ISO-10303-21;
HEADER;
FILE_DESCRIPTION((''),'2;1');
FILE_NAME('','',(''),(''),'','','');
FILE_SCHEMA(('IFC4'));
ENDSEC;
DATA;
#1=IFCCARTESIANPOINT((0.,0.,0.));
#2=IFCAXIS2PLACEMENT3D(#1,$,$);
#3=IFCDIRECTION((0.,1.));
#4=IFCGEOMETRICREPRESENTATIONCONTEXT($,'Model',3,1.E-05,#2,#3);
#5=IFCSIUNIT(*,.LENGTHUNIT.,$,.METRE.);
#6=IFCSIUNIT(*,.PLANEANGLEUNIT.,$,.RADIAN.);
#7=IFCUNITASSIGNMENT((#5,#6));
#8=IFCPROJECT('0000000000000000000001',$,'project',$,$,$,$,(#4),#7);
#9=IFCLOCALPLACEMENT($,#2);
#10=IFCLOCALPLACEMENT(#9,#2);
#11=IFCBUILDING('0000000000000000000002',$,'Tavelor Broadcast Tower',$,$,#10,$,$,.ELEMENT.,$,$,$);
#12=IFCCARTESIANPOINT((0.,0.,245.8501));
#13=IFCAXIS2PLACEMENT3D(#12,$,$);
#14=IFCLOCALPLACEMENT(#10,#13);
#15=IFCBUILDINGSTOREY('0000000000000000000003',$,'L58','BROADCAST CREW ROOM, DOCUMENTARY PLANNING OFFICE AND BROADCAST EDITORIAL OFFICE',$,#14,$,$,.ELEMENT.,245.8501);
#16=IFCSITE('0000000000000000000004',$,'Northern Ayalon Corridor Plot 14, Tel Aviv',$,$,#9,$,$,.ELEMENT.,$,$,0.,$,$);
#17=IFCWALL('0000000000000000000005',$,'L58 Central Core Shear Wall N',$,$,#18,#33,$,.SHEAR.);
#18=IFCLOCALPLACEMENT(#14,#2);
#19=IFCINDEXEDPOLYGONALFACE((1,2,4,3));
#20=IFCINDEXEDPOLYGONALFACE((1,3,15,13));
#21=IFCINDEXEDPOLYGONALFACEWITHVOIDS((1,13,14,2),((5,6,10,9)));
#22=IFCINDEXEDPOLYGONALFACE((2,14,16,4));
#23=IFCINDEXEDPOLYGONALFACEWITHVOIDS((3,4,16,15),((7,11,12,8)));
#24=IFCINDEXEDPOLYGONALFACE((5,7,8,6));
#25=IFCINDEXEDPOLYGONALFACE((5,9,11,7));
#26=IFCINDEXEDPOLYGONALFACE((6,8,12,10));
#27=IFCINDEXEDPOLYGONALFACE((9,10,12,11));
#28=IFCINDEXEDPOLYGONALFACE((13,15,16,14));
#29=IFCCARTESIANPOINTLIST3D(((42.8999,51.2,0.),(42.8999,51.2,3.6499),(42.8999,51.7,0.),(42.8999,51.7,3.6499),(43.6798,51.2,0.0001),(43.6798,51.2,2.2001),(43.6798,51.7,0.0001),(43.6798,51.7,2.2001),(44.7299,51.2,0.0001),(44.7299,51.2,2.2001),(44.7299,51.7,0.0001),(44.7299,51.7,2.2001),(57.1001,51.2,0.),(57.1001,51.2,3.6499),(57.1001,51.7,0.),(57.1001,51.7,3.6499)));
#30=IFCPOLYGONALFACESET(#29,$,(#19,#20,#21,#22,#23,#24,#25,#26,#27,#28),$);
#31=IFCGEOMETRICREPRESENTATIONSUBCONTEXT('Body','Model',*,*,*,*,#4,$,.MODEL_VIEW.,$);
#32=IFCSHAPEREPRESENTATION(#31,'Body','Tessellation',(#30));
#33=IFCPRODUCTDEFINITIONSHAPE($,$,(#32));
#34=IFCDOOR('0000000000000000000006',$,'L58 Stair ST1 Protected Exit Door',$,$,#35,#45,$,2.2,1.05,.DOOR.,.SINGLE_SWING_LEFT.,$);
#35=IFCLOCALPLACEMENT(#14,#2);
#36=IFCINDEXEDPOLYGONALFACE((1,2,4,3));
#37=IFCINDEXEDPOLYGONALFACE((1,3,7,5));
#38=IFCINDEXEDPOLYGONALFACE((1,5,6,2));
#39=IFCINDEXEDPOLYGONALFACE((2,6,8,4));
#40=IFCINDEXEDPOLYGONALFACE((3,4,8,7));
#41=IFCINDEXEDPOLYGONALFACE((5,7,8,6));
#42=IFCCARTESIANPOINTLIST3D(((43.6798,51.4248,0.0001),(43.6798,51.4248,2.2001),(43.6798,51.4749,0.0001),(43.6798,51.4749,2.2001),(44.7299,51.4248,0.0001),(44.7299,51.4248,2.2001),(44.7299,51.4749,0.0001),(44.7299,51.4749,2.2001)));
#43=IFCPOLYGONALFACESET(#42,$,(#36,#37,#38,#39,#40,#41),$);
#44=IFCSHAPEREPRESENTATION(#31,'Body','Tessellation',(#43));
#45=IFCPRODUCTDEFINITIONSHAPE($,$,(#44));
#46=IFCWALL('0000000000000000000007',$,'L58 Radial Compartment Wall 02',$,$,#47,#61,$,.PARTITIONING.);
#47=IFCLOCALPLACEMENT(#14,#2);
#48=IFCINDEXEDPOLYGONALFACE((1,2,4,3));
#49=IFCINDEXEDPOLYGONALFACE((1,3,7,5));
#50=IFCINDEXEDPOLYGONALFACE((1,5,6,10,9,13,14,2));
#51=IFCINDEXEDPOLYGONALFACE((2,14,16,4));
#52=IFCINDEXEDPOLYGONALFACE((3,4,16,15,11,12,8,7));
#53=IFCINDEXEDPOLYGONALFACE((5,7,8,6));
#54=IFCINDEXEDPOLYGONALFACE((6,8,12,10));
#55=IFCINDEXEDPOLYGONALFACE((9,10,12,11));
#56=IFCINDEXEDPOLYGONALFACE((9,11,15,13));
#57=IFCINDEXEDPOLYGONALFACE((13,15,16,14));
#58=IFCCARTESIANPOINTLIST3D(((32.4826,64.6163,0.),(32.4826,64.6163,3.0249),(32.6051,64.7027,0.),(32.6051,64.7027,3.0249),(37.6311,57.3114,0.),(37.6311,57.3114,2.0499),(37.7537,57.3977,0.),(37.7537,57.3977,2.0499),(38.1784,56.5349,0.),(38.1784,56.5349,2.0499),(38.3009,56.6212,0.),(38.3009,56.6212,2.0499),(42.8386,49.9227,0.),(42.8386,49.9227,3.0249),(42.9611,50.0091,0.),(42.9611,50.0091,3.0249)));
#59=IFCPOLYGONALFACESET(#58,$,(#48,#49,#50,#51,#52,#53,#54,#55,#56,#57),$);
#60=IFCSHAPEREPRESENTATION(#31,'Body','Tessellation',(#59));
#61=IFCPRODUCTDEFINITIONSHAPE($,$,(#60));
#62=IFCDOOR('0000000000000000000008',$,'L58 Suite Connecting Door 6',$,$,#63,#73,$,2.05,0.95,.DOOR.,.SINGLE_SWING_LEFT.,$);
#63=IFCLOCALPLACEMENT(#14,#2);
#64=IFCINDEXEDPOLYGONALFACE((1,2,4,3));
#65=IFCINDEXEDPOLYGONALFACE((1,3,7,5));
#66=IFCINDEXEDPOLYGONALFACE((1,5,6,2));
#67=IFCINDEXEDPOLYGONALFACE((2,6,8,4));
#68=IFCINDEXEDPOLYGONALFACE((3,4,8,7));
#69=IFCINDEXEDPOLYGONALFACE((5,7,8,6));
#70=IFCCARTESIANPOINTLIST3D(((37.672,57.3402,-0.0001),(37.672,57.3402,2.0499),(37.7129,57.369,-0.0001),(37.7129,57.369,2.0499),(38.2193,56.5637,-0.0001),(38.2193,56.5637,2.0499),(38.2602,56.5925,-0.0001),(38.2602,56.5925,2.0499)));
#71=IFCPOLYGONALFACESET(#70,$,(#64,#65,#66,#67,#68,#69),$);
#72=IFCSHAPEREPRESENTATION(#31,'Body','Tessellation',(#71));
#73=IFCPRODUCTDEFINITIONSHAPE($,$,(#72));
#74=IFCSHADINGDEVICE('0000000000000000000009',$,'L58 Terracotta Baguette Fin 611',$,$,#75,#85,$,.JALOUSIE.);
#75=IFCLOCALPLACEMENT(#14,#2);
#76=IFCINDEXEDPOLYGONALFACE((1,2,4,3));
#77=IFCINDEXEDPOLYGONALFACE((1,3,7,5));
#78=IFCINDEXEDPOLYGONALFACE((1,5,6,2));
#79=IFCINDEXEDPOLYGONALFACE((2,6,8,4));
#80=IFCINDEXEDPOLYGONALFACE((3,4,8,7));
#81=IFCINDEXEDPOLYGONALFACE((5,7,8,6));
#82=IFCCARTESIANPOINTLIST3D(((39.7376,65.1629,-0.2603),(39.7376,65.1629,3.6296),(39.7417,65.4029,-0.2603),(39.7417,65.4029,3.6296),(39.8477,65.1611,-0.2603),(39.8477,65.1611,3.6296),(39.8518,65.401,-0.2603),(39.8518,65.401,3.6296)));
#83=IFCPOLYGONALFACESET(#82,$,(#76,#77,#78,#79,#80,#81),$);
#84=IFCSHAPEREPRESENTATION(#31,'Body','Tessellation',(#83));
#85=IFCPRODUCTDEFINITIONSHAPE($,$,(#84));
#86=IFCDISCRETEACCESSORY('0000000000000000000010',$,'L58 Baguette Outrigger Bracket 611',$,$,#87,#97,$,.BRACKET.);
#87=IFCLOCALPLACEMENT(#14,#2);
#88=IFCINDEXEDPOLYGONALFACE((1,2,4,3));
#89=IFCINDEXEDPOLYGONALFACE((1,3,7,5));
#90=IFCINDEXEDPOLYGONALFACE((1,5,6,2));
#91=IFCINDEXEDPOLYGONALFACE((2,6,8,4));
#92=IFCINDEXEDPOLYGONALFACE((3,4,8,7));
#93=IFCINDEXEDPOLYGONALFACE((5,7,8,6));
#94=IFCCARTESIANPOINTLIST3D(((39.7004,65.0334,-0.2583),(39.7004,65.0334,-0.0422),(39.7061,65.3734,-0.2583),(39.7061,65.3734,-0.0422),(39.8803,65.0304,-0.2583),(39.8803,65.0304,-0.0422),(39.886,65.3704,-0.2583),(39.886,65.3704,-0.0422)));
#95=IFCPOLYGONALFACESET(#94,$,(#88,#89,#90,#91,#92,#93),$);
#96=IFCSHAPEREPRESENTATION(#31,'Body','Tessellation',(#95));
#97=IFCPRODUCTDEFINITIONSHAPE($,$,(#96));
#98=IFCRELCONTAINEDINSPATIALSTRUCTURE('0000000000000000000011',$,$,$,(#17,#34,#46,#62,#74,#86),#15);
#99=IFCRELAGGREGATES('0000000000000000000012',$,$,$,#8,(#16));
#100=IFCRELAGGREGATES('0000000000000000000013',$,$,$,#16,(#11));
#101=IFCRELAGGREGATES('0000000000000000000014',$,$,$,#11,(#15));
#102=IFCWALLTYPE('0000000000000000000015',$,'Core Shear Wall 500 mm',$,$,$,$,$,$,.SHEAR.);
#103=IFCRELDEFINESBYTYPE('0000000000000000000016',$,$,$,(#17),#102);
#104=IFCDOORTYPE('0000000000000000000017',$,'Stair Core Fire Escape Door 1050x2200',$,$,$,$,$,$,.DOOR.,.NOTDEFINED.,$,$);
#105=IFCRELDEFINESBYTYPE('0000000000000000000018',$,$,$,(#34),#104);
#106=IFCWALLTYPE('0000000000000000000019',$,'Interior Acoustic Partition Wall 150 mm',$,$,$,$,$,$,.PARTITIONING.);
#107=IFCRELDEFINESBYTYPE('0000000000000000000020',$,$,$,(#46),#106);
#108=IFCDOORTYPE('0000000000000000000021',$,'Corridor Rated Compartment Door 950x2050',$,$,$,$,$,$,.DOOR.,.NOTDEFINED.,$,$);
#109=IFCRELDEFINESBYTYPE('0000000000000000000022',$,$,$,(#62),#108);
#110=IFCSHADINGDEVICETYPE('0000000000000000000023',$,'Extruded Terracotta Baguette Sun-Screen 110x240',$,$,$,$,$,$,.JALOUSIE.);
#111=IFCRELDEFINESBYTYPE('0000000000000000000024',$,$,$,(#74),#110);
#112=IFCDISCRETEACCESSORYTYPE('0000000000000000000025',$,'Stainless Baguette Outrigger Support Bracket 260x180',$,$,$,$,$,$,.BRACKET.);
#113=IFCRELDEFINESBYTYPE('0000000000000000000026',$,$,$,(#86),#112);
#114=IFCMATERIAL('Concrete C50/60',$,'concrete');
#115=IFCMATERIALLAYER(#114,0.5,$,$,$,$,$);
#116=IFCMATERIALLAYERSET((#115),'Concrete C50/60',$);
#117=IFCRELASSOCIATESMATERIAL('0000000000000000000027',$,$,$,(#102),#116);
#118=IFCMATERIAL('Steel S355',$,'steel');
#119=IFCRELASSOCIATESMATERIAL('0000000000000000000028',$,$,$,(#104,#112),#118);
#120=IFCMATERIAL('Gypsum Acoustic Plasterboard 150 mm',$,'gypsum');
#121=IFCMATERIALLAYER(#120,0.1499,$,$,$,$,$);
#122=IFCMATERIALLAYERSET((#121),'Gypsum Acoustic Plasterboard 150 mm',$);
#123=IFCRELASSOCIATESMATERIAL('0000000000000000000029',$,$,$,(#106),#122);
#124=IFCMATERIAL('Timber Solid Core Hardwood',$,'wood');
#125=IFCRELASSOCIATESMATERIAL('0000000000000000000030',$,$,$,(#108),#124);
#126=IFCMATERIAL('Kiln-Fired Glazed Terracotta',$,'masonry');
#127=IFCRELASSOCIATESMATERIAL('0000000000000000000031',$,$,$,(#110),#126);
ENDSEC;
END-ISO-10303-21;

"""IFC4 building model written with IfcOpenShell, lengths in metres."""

from ifc_helpers import new_model, si_unit, direction, frame, frame_2d, origin, origin_2d, place, context, subcontext, project, spatial, rectangle, extrude, source, transform, mapped, material, layer, layer_set, type_object, type_shapes, element, fill, save


model = new_model("IFC4")

# Units and contexts
model_context = context("Model", 3, precision=1e-05, world=origin(), true_north=direction((0.0, 1.0)))
body_context = subcontext(model_context, "Body", "Model", "MODEL_VIEW")
ifc_project = project(units=[si_unit("LENGTHUNIT", "METRE"), si_unit("PLANEANGLEUNIT", "RADIAN")], contexts=[model_context])

# Site, building, storey
site_placement = place(None, origin())
site = spatial("IfcSite", under=ifc_project, at=site_placement, Name="Northern Ayalon Corridor Plot 14, Tel Aviv", CompositionType="ELEMENT", RefElevation=0.0)
building_placement = place(site_placement, origin())
building = spatial("IfcBuilding", under=site, at=building_placement, Name="Tavelor Broadcast Tower", CompositionType="ELEMENT")
storey_placement = place(building_placement, frame((0.0, 0.0, 245.8501)))
storey = spatial("IfcBuildingStorey", under=building, at=storey_placement, Name="L58", Description="BROADCAST CREW ROOM, DOCUMENTARY PLANNING OFFICE AND BROADCAST EDITORIAL OFFICE", CompositionType="ELEMENT", Elevation=245.8501)

# Shared definitions
ifc_material_1 = material(Name="Steel S355", Category="steel")

# Walls, openings, doors
ifc_material_2 = material(Name="Concrete C50/60", Category="concrete")
ifc_layer_1 = layer(ifc_material_2, 0.5)
ifc_layer_set_1 = layer_set([ifc_layer_1], Name="Concrete C50/60")
wall_type_1 = type_object("IfcWallType", Name="Core Shear Wall 500 mm", PredefinedType="SHEAR", material=ifc_layer_set_1)
wall_1_placement = place(storey_placement, frame((42.8999, 51.45, 0.0), z_axis=(0.0, 0.0, 1.0), x_axis=(1.0, 0.0, 0.0)))
wall_1 = element("IfcWall", 1, at=wall_1_placement, inside=storey, type_object=wall_type_1, Name="L58 Central Core Shear Wall N", PredefinedType="SHEAR", context=body_context, shape_type="SweptSolid", body=[
    extrude(rectangle(XDim=14.2002, YDim=0.5, at=frame_2d((7.1001, 0.0))), origin(), (0.0, 0.0, 1.0), 3.6499),
])
opening_1_placement = place(wall_1_placement, frame((0.78, 0.0, 0.0)))
opening_1 = element("IfcOpeningElement", 2, at=opening_1_placement, cuts=wall_1, PredefinedType="OPENING", context=body_context, shape_type="SweptSolid", body=[
    extrude(rectangle(XDim=1.05, YDim=2.2, at=frame_2d((0.5249, 1.1001))), frame((0.0, 0.26, 0.0), z_axis=(0.0, -1.0, 0.0), x_axis=(1.0, 0.0, 0.0)), (0.0, 0.0, 1.0), 0.52),
])
door_type_1 = type_object("IfcDoorType", Name="Stair Core Fire Escape Door 1050x2200", OperationType="NOTDEFINED", PredefinedType="DOOR", material=ifc_material_1)
door_1_placement = place(opening_1_placement, origin())
door_1 = element("IfcDoor", 3, at=door_1_placement, inside=storey, type_object=door_type_1, Name="L58 Stair ST1 Protected Exit Door", OperationType="SINGLE_SWING_LEFT", OverallHeight=2.2, OverallWidth=1.05, PredefinedType="DOOR", context=body_context, shape_type="SweptSolid", body=[
    extrude(rectangle(XDim=1.05, YDim=2.2, at=frame_2d((0.5249, 1.1001))), frame((0.0, 0.0249, 0.0), z_axis=(0.0, -1.0, 0.0), x_axis=(1.0, 0.0, 0.0)), (0.0, 0.0, 1.0), 0.05),
])
fill(opening_1, door_1)
ifc_material_3 = material(Name="Gypsum Acoustic Plasterboard 150 mm", Category="gypsum")
ifc_layer_2 = layer(ifc_material_3, 0.1499)
ifc_layer_set_2 = layer_set([ifc_layer_2], Name="Gypsum Acoustic Plasterboard 150 mm")
wall_type_2 = type_object("IfcWallType", Name="Interior Acoustic Partition Wall 150 mm", PredefinedType="PARTITIONING", material=ifc_layer_set_2)
wall_2_placement = place(storey_placement, frame((42.8999, 49.9658, 0.0), z_axis=(0.0, 0.0, 1.0), x_axis=(-0.576089, 0.817387, 0.0)))
wall_2 = element("IfcWall", 4, at=wall_2_placement, inside=storey, type_object=wall_type_2, Name="L58 Radial Compartment Wall 02", PredefinedType="PARTITIONING", context=body_context, shape_type="SweptSolid", body=[
    extrude(rectangle(XDim=17.9763, YDim=0.1499, at=frame_2d((8.9883, 0.0))), origin(), (0.0, 0.0, 1.0), 3.0249),
])
opening_2_placement = place(wall_2_placement, frame((8.0894, 0.0, 0.0)))
opening_2 = element("IfcOpeningElement", 5, at=opening_2_placement, cuts=wall_2, PredefinedType="OPENING", context=body_context, shape_type="SweptSolid", body=[
    extrude(rectangle(XDim=0.95, YDim=2.05, at=frame_2d((0.4751, 1.0249))), frame((0.0, 0.085, 0.0), z_axis=(0.0, -1.0, 0.0), x_axis=(1.0, 0.0, 0.0)), (0.0, 0.0, 1.0), 0.1699),
])
ifc_material_4 = material(Name="Timber Solid Core Hardwood", Category="wood")
door_type_2 = type_object("IfcDoorType", Name="Corridor Rated Compartment Door 950x2050", OperationType="NOTDEFINED", PredefinedType="DOOR", material=ifc_material_4)
door_2_placement = place(opening_2_placement, origin())
door_2 = element("IfcDoor", 6, at=door_2_placement, inside=storey, type_object=door_type_2, Name="L58 Suite Connecting Door 6", OperationType="SINGLE_SWING_LEFT", OverallHeight=2.05, OverallWidth=0.95, PredefinedType="DOOR", context=body_context, shape_type="SweptSolid", body=[
    extrude(rectangle(XDim=0.95, YDim=2.05, at=frame_2d((0.4751, 1.0249))), frame((0.0, 0.0249, 0.0), z_axis=(0.0, -1.0, 0.0), x_axis=(1.0, 0.0, 0.0)), (0.0, 0.0, 1.0), 0.05),
])
fill(opening_2, door_2)

# Shading device
ifc_material_5 = material(Name="Kiln-Fired Glazed Terracotta", Category="masonry")
shading_device_type = type_object("IfcShadingDeviceType", Name="Extruded Terracotta Baguette Sun-Screen 110x240", PredefinedType="JALOUSIE", material=ifc_material_5)
shared_shape_1 = source(origin(), body_context, "Body", "SweptSolid", [
    extrude(rectangle(XDim=0.1101, YDim=0.24, at=origin_2d()), origin(), (0.0, 0.0, 1.0), 3.8899),
])
type_shapes(shading_device_type, [shared_shape_1])
shading_device_placement = place(storey_placement, frame((39.7947, 65.282, -0.2603), z_axis=(0.0, 0.0, 1.0), x_axis=(-0.999857, 0.016929, 0.0)))
element("IfcShadingDevice", 7, at=shading_device_placement, inside=storey, type_object=shading_device_type, Name="L58 Terracotta Baguette Fin 611", PredefinedType="JALOUSIE", context=body_context, shape_type="MappedRepresentation", body=[
    mapped(shared_shape_1, transform((0.0, 0.0, 0.0), scale=1.0)),
])

# Discrete accessory
discrete_accessory_type = type_object("IfcDiscreteAccessoryType", Name="Stainless Baguette Outrigger Support Bracket 260x180", PredefinedType="BRACKET", material=ifc_material_1)
shared_shape_2 = source(origin(), body_context, "Body", "SweptSolid", [
    extrude(rectangle(XDim=0.1799, YDim=0.3401, at=origin_2d()), origin(), (0.0, 0.0, 1.0), 0.2161),
])
type_shapes(discrete_accessory_type, [shared_shape_2])
discrete_accessory_placement = place(storey_placement, frame((39.7932, 65.2019, -0.2583), z_axis=(0.0, 0.0, 1.0), x_axis=(-0.999857, 0.016929, 0.0)))
element("IfcDiscreteAccessory", 8, at=discrete_accessory_placement, inside=storey, type_object=discrete_accessory_type, Name="L58 Baguette Outrigger Bracket 611", PredefinedType="BRACKET", context=body_context, shape_type="MappedRepresentation", body=[
    mapped(shared_shape_2, transform((0.0, 0.0, 0.0), scale=1.0)),
])

save(model, "model.ifc")
